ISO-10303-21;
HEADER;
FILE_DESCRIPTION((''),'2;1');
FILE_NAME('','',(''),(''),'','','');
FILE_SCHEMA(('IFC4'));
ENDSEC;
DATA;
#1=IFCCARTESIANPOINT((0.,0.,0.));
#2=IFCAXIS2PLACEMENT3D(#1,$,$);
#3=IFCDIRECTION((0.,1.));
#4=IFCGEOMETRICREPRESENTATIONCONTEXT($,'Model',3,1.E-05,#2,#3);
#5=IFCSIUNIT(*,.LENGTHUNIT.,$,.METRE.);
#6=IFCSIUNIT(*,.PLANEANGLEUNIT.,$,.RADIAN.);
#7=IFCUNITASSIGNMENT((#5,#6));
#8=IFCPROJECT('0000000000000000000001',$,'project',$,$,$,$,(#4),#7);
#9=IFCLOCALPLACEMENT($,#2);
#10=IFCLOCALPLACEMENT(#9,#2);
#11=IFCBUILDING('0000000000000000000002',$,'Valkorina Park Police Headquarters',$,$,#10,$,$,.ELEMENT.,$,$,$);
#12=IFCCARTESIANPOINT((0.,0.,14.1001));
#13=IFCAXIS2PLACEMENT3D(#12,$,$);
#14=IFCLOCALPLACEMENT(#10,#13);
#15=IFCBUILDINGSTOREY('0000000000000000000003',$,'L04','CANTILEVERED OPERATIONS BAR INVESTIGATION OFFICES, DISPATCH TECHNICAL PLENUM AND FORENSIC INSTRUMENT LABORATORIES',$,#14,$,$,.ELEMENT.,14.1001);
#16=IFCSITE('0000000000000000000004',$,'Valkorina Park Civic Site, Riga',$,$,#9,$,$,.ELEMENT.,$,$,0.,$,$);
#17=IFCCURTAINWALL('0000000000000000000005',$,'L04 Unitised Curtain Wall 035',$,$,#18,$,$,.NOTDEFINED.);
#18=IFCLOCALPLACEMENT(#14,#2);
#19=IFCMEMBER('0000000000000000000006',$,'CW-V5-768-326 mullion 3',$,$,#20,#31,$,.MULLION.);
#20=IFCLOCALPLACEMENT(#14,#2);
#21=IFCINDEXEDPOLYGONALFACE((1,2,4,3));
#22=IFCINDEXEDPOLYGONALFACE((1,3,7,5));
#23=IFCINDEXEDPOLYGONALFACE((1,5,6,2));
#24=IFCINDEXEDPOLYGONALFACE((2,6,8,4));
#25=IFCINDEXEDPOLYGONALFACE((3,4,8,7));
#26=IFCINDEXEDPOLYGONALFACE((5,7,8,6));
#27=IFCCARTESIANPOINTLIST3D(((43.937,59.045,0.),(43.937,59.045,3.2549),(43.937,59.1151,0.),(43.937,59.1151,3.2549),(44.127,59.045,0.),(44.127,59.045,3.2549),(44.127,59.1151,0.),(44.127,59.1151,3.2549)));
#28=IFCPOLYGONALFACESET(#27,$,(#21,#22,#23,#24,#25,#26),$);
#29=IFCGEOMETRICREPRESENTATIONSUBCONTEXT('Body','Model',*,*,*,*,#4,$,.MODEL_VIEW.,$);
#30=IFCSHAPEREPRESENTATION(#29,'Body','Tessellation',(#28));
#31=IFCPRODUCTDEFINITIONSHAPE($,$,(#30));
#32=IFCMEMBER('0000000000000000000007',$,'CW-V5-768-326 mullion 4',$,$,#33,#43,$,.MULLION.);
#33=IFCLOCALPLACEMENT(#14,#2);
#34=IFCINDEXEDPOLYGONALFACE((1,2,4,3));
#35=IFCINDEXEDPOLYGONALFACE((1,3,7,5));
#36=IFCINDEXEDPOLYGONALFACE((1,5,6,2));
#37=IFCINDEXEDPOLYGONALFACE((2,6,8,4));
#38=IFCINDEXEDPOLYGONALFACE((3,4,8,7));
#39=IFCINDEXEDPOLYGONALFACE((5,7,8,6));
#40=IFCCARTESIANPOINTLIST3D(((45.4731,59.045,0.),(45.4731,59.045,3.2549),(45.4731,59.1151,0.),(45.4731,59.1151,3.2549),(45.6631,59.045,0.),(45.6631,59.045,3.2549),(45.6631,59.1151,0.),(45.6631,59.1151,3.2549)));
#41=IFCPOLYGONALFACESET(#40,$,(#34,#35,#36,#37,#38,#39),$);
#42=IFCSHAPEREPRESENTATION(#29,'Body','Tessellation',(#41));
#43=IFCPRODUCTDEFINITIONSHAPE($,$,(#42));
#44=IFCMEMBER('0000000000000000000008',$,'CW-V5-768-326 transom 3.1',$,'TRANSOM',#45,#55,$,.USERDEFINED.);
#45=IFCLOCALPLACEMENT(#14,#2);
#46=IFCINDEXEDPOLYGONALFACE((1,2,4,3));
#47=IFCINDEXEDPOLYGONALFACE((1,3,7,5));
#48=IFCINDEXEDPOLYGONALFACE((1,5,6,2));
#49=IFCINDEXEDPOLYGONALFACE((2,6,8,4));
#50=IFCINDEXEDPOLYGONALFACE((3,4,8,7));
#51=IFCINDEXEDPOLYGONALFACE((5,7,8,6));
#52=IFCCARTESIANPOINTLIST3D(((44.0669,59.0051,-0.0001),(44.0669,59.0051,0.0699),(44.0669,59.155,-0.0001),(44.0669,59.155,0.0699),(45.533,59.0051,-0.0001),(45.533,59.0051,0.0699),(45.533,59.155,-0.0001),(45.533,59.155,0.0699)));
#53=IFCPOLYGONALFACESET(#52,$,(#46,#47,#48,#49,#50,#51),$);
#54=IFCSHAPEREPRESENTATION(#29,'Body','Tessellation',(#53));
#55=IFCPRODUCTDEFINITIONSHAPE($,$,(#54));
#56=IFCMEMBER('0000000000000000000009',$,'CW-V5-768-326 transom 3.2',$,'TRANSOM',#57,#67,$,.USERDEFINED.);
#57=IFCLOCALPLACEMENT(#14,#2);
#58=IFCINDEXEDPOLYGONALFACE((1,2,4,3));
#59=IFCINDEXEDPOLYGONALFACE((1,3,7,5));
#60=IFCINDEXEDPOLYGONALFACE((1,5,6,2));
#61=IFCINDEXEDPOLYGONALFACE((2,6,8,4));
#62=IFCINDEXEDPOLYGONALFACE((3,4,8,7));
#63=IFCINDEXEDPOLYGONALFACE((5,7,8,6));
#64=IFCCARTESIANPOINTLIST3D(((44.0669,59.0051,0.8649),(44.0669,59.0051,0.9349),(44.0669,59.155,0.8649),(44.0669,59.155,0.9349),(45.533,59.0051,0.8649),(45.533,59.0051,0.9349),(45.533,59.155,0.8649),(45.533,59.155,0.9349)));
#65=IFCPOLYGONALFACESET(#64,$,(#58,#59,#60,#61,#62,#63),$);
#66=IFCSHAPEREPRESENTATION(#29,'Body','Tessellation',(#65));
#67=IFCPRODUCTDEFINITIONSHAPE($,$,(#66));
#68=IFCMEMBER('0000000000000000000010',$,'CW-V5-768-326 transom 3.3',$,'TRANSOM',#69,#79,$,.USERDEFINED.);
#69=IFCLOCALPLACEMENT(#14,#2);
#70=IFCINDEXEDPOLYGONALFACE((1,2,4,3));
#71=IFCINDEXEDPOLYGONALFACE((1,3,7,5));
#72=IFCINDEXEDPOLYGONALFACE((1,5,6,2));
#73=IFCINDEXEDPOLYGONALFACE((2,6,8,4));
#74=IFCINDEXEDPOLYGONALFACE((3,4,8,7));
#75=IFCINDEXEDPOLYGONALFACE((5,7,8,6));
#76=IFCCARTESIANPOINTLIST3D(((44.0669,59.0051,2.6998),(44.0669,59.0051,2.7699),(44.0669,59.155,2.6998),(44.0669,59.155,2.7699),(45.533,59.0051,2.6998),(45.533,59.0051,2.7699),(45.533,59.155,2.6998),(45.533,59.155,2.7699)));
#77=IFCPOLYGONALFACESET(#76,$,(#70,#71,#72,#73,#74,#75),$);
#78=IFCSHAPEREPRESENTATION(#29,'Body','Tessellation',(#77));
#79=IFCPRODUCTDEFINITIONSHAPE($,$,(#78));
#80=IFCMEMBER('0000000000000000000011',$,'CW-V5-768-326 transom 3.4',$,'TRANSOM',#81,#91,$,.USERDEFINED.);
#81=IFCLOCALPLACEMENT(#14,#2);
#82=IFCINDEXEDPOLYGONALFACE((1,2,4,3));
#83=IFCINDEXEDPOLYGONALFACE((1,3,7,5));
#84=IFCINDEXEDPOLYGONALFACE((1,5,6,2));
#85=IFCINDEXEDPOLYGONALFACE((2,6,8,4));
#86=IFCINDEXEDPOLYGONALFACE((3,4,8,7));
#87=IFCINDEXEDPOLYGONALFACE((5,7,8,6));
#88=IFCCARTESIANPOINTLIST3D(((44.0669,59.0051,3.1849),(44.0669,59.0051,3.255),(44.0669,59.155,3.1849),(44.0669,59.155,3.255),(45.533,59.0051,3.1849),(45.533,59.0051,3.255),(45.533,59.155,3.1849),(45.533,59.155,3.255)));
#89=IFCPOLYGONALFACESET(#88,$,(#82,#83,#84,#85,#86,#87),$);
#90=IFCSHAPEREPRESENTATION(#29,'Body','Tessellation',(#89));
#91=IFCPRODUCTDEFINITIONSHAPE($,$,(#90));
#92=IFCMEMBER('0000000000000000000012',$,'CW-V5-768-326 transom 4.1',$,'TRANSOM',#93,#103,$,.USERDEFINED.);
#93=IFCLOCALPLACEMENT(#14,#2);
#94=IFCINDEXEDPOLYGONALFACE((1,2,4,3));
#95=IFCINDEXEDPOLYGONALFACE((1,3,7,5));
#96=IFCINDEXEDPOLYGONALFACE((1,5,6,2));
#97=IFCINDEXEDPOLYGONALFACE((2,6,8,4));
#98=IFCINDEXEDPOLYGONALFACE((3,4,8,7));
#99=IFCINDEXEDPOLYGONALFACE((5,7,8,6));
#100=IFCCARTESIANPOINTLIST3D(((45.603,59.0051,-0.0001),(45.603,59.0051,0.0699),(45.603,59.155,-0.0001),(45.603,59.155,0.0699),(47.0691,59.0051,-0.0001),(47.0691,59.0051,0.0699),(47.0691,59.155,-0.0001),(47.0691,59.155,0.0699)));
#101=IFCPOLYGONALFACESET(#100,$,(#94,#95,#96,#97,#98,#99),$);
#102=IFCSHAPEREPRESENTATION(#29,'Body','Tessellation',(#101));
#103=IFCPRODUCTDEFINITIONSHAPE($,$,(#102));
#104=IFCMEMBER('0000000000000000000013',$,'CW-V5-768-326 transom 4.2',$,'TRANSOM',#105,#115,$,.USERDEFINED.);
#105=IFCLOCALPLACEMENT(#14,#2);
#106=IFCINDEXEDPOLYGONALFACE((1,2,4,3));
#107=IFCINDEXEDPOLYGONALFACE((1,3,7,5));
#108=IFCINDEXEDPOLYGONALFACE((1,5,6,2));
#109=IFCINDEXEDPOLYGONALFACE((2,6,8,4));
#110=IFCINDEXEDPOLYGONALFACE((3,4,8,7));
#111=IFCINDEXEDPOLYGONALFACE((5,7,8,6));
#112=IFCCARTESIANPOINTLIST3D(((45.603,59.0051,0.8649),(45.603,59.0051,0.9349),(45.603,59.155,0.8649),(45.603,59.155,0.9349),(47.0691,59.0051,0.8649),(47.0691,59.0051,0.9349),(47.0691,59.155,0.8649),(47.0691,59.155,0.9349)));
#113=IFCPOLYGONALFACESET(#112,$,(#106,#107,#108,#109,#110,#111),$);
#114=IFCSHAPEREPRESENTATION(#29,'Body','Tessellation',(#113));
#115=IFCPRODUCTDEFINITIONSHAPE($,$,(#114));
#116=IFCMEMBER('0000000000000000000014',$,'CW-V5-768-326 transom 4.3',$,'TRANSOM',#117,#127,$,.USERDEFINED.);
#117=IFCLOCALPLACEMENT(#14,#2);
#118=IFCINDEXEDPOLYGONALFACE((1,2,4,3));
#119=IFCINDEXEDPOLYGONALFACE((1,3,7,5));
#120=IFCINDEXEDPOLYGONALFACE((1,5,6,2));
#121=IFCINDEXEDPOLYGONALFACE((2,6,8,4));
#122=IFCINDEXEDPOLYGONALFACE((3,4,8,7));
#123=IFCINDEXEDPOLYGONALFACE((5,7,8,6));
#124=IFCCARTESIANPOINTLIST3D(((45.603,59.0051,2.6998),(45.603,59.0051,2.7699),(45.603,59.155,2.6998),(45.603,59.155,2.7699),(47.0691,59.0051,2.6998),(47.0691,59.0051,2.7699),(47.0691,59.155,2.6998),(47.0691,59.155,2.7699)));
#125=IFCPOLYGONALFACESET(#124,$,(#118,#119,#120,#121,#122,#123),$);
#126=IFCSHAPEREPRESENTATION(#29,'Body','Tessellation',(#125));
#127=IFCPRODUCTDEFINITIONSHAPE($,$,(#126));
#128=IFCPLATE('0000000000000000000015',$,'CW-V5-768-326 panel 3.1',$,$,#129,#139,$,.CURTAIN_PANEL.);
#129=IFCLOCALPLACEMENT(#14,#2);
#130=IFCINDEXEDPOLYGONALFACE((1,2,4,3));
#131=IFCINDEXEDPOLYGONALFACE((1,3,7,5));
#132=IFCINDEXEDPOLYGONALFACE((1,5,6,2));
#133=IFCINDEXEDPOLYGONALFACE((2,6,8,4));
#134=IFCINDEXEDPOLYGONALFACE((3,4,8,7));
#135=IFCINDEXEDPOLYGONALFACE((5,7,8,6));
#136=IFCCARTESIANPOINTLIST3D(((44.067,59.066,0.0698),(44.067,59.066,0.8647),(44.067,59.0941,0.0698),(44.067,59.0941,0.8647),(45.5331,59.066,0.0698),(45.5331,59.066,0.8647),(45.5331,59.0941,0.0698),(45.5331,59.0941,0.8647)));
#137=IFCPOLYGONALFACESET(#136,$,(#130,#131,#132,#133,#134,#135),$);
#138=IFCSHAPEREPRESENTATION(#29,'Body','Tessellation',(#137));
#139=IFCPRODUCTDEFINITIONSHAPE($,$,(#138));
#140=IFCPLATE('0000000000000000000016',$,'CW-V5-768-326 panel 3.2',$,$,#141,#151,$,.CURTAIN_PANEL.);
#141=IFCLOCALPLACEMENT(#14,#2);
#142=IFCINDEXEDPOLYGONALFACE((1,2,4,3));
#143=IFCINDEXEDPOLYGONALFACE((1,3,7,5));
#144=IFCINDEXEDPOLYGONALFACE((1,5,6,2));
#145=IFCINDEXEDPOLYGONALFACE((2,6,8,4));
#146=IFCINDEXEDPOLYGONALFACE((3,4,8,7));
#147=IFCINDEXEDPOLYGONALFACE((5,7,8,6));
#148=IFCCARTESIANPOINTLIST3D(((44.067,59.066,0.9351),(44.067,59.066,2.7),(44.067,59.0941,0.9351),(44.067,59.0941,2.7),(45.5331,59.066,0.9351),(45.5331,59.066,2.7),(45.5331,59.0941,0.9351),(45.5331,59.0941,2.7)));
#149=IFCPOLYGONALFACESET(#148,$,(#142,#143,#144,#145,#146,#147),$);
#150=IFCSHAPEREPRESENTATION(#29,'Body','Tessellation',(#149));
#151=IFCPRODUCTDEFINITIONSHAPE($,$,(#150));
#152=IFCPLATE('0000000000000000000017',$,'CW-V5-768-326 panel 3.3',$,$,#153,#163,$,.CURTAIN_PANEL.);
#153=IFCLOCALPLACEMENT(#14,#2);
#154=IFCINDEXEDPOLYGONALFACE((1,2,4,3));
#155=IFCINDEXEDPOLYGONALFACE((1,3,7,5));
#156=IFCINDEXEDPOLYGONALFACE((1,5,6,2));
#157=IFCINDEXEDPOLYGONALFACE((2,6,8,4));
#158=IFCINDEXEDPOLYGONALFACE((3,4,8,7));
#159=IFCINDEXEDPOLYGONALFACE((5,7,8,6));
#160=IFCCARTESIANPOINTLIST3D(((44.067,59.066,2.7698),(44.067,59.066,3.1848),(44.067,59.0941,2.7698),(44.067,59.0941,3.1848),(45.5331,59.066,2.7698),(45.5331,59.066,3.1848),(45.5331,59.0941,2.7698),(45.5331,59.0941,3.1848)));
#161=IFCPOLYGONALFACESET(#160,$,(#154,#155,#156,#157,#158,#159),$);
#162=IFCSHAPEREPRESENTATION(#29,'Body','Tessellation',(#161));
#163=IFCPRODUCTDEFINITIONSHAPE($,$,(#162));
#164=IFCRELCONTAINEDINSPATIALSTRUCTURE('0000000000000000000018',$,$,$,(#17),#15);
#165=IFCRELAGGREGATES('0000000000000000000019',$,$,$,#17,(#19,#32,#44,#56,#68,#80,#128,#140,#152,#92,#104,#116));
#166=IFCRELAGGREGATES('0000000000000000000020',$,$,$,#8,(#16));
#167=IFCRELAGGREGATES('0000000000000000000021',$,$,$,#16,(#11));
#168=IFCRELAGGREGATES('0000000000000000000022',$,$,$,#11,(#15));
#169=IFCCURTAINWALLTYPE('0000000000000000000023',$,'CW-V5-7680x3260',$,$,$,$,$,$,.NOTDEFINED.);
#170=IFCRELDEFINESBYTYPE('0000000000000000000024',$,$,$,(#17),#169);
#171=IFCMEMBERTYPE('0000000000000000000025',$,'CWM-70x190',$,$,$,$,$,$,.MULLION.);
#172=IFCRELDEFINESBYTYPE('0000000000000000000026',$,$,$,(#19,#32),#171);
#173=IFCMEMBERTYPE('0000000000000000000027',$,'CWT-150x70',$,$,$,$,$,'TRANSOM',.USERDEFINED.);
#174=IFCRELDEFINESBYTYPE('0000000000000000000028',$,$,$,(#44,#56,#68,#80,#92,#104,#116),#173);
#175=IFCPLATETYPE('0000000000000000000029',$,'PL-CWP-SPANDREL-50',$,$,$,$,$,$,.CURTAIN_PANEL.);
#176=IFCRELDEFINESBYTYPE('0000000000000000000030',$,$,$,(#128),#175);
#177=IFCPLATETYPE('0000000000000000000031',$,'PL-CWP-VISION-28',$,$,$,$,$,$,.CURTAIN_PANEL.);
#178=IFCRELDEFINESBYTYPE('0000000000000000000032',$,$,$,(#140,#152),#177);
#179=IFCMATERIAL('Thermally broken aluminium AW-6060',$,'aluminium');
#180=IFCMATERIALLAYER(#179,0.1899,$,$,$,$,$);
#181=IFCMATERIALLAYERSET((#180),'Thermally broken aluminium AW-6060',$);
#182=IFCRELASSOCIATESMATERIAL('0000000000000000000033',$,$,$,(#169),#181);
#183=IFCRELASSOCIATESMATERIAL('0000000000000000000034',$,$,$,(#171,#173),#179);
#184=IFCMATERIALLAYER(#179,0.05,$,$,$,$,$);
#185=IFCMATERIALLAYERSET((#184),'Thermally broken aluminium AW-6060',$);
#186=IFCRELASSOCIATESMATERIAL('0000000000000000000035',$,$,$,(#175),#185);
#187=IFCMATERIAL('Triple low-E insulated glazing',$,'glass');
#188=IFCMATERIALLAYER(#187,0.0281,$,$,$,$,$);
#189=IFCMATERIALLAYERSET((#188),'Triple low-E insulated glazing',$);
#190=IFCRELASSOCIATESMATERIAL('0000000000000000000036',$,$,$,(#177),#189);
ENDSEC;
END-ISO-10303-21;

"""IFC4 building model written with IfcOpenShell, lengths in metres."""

from ifc_helpers import new_model, si_unit, direction, frame, origin, origin_2d, place, context, subcontext, project, spatial, rectangle, extrude, material, layer, layer_set, material_profile, profile_set, type_object, element, aggregate, save


model = new_model("IFC4")

# Units and contexts
model_context = context("Model", 3, precision=1e-05, world=origin(), true_north=direction((0.0, 1.0)))
body_context = subcontext(model_context, "Body", "Model", "MODEL_VIEW")
ifc_project = project(units=[si_unit("LENGTHUNIT", "METRE"), si_unit("PLANEANGLEUNIT", "RADIAN")], contexts=[model_context])

# Site, building, storey
site_placement = place(None, origin())
site = spatial("IfcSite", under=ifc_project, at=site_placement, Name="Valkorina Park Civic Site, Riga", CompositionType="ELEMENT", RefElevation=0.0)
building_placement = place(site_placement, origin())
building = spatial("IfcBuilding", under=site, at=building_placement, Name="Valkorina Park Police Headquarters", CompositionType="ELEMENT")
storey_placement = place(building_placement, frame((0.0, 0.0, 14.1001)))
storey = spatial("IfcBuildingStorey", under=building, at=storey_placement, Name="L04", Description="CANTILEVERED OPERATIONS BAR INVESTIGATION OFFICES, DISPATCH TECHNICAL PLENUM AND FORENSIC INSTRUMENT LABORATORIES", CompositionType="ELEMENT", Elevation=14.1001)

# Curtain wall, members, plates
ifc_material_1 = material(Name="Thermally broken aluminium AW-6060", Category="aluminium")
ifc_layer_1 = layer(ifc_material_1, 0.1899)
ifc_layer_set_1 = layer_set([ifc_layer_1], Name="Thermally broken aluminium AW-6060")
curtain_wall_type = type_object("IfcCurtainWallType", Name="CW-V5-7680x3260", PredefinedType="NOTDEFINED", material=ifc_layer_set_1)
curtain_wall_placement = place(storey_placement, origin())
curtain_wall = element("IfcCurtainWall", 1, at=curtain_wall_placement, inside=storey, type_object=curtain_wall_type, Name="L04 Unitised Curtain Wall 035", PredefinedType="NOTDEFINED")
ifc_material_profile_1 = material_profile(ifc_material_1, rectangle(XDim=0.0701, YDim=0.1899, at=origin_2d()), Name="CWM-02 70x190")
ifc_profile_set_1 = profile_set([ifc_material_profile_1], Name="Thermally broken aluminium AW-6060")
member_type_1 = type_object("IfcMemberType", Name="CWM-70x190", PredefinedType="MULLION", material=ifc_profile_set_1)
member_1_placement = place(storey_placement, frame((44.032, 59.0801, 0.0), z_axis=(0.0, 0.0, 1.0), x_axis=(0.0, 1.0, 0.0)))
member_1 = element("IfcMember", 2, at=member_1_placement, type_object=member_type_1, Name="CW-V5-768-326 mullion 3", PredefinedType="MULLION", context=body_context, shape_type="SweptSolid", body=[
    extrude(rectangle(XDim=0.0701, YDim=0.1899, at=origin_2d()), origin(), (0.0, 0.0, 1.0), 3.2549),
])
member_2_placement = place(storey_placement, frame((45.5681, 59.0801, 0.0), z_axis=(0.0, 0.0, 1.0), x_axis=(0.0, 1.0, 0.0)))
member_2 = element("IfcMember", 3, at=member_2_placement, type_object=member_type_1, Name="CW-V5-768-326 mullion 4", PredefinedType="MULLION", context=body_context, shape_type="SweptSolid", body=[
    extrude(rectangle(XDim=0.0701, YDim=0.1899, at=origin_2d()), origin(), (0.0, 0.0, 1.0), 3.2549),
])
ifc_material_profile_2 = material_profile(ifc_material_1, rectangle(XDim=0.1499, YDim=0.0701, at=origin_2d()), Name="CWT-02 150x70")
ifc_profile_set_2 = profile_set([ifc_material_profile_2], Name="Thermally broken aluminium AW-6060")
member_type_2 = type_object("IfcMemberType", Name="CWT-150x70", ElementType="TRANSOM", PredefinedType="USERDEFINED", material=ifc_profile_set_2)
member_3_placement = place(storey_placement, frame((44.0669, 59.0801, 0.0349), z_axis=(1.0, 0.0, 0.0), x_axis=(0.0, 1.0, 0.0)))
member_3 = element("IfcMember", 4, at=member_3_placement, type_object=member_type_2, Name="CW-V5-768-326 transom 3.1", ObjectType="TRANSOM", PredefinedType="USERDEFINED", context=body_context, shape_type="SweptSolid", body=[
    extrude(rectangle(XDim=0.1499, YDim=0.0701, at=origin_2d()), origin(), (0.0, 0.0, 1.0), 1.4661),
])
member_4_placement = place(storey_placement, frame((44.0669, 59.0801, 0.8999), z_axis=(1.0, 0.0, 0.0), x_axis=(0.0, 1.0, 0.0)))
member_4 = element("IfcMember", 5, at=member_4_placement, type_object=member_type_2, Name="CW-V5-768-326 transom 3.2", ObjectType="TRANSOM", PredefinedType="USERDEFINED", context=body_context, shape_type="SweptSolid", body=[
    extrude(rectangle(XDim=0.1499, YDim=0.0701, at=origin_2d()), origin(), (0.0, 0.0, 1.0), 1.4661),
])
member_5_placement = place(storey_placement, frame((44.0669, 59.0801, 2.7349), z_axis=(1.0, 0.0, 0.0), x_axis=(0.0, 1.0, 0.0)))
member_5 = element("IfcMember", 6, at=member_5_placement, type_object=member_type_2, Name="CW-V5-768-326 transom 3.3", ObjectType="TRANSOM", PredefinedType="USERDEFINED", context=body_context, shape_type="SweptSolid", body=[
    extrude(rectangle(XDim=0.1499, YDim=0.0701, at=origin_2d()), origin(), (0.0, 0.0, 1.0), 1.4661),
])
member_6_placement = place(storey_placement, frame((44.0669, 59.0801, 3.22), z_axis=(1.0, 0.0, 0.0), x_axis=(0.0, 1.0, 0.0)))
member_6 = element("IfcMember", 7, at=member_6_placement, type_object=member_type_2, Name="CW-V5-768-326 transom 3.4", ObjectType="TRANSOM", PredefinedType="USERDEFINED", context=body_context, shape_type="SweptSolid", body=[
    extrude(rectangle(XDim=0.1499, YDim=0.0701, at=origin_2d()), origin(), (0.0, 0.0, 1.0), 1.4661),
])
member_7_placement = place(storey_placement, frame((45.603, 59.0801, 0.0349), z_axis=(1.0, 0.0, 0.0), x_axis=(0.0, 1.0, 0.0)))
member_7 = element("IfcMember", 8, at=member_7_placement, type_object=member_type_2, Name="CW-V5-768-326 transom 4.1", ObjectType="TRANSOM", PredefinedType="USERDEFINED", context=body_context, shape_type="SweptSolid", body=[
    extrude(rectangle(XDim=0.1499, YDim=0.0701, at=origin_2d()), origin(), (0.0, 0.0, 1.0), 1.4661),
])
member_8_placement = place(storey_placement, frame((45.603, 59.0801, 0.8999), z_axis=(1.0, 0.0, 0.0), x_axis=(0.0, 1.0, 0.0)))
member_8 = element("IfcMember", 9, at=member_8_placement, type_object=member_type_2, Name="CW-V5-768-326 transom 4.2", ObjectType="TRANSOM", PredefinedType="USERDEFINED", context=body_context, shape_type="SweptSolid", body=[
    extrude(rectangle(XDim=0.1499, YDim=0.0701, at=origin_2d()), origin(), (0.0, 0.0, 1.0), 1.4661),
])
member_9_placement = place(storey_placement, frame((45.603, 59.0801, 2.7349), z_axis=(1.0, 0.0, 0.0), x_axis=(0.0, 1.0, 0.0)))
member_9 = element("IfcMember", 10, at=member_9_placement, type_object=member_type_2, Name="CW-V5-768-326 transom 4.3", ObjectType="TRANSOM", PredefinedType="USERDEFINED", context=body_context, shape_type="SweptSolid", body=[
    extrude(rectangle(XDim=0.1499, YDim=0.0701, at=origin_2d()), origin(), (0.0, 0.0, 1.0), 1.4661),
])
ifc_layer_2 = layer(ifc_material_1, 0.05)
ifc_layer_set_2 = layer_set([ifc_layer_2], Name="Thermally broken aluminium AW-6060")
plate_type_1 = type_object("IfcPlateType", Name="PL-CWP-SPANDREL-50", PredefinedType="CURTAIN_PANEL", material=ifc_layer_set_2)
plate_1_placement = place(storey_placement, frame((44.8, 59.0801, 0.0698), z_axis=(0.0, 0.0, 1.0), x_axis=(1.0, 0.0, 0.0)))
plate_1 = element("IfcPlate", 11, at=plate_1_placement, type_object=plate_type_1, Name="CW-V5-768-326 panel 3.1", PredefinedType="CURTAIN_PANEL", context=body_context, shape_type="SweptSolid", body=[
    extrude(rectangle(XDim=1.4661, YDim=0.0281, at=origin_2d()), origin(), (0.0, 0.0, 1.0), 0.7949),
])
ifc_material_2 = material(Name="Triple low-E insulated glazing", Category="glass")
ifc_layer_3 = layer(ifc_material_2, 0.0281)
ifc_layer_set_3 = layer_set([ifc_layer_3], Name="Triple low-E insulated glazing")
plate_type_2 = type_object("IfcPlateType", Name="PL-CWP-VISION-28", PredefinedType="CURTAIN_PANEL", material=ifc_layer_set_3)
plate_2_placement = place(storey_placement, frame((44.8, 59.0801, 0.9351), z_axis=(0.0, 0.0, 1.0), x_axis=(1.0, 0.0, 0.0)))
plate_2 = element("IfcPlate", 12, at=plate_2_placement, type_object=plate_type_2, Name="CW-V5-768-326 panel 3.2", PredefinedType="CURTAIN_PANEL", context=body_context, shape_type="SweptSolid", body=[
    extrude(rectangle(XDim=1.4661, YDim=0.0281, at=origin_2d()), origin(), (0.0, 0.0, 1.0), 1.7649),
])
plate_3_placement = place(storey_placement, frame((44.8, 59.0801, 2.7698), z_axis=(0.0, 0.0, 1.0), x_axis=(1.0, 0.0, 0.0)))
plate_3 = element("IfcPlate", 13, at=plate_3_placement, type_object=plate_type_2, Name="CW-V5-768-326 panel 3.3", PredefinedType="CURTAIN_PANEL", context=body_context, shape_type="SweptSolid", body=[
    extrude(rectangle(XDim=1.4661, YDim=0.0281, at=origin_2d()), origin(), (0.0, 0.0, 1.0), 0.415),
])
aggregate(curtain_wall, [member_1, member_2, member_3, member_4, member_5, member_6, plate_1, plate_2, plate_3, member_7, member_8, member_9])

save(model, "model.ifc")
